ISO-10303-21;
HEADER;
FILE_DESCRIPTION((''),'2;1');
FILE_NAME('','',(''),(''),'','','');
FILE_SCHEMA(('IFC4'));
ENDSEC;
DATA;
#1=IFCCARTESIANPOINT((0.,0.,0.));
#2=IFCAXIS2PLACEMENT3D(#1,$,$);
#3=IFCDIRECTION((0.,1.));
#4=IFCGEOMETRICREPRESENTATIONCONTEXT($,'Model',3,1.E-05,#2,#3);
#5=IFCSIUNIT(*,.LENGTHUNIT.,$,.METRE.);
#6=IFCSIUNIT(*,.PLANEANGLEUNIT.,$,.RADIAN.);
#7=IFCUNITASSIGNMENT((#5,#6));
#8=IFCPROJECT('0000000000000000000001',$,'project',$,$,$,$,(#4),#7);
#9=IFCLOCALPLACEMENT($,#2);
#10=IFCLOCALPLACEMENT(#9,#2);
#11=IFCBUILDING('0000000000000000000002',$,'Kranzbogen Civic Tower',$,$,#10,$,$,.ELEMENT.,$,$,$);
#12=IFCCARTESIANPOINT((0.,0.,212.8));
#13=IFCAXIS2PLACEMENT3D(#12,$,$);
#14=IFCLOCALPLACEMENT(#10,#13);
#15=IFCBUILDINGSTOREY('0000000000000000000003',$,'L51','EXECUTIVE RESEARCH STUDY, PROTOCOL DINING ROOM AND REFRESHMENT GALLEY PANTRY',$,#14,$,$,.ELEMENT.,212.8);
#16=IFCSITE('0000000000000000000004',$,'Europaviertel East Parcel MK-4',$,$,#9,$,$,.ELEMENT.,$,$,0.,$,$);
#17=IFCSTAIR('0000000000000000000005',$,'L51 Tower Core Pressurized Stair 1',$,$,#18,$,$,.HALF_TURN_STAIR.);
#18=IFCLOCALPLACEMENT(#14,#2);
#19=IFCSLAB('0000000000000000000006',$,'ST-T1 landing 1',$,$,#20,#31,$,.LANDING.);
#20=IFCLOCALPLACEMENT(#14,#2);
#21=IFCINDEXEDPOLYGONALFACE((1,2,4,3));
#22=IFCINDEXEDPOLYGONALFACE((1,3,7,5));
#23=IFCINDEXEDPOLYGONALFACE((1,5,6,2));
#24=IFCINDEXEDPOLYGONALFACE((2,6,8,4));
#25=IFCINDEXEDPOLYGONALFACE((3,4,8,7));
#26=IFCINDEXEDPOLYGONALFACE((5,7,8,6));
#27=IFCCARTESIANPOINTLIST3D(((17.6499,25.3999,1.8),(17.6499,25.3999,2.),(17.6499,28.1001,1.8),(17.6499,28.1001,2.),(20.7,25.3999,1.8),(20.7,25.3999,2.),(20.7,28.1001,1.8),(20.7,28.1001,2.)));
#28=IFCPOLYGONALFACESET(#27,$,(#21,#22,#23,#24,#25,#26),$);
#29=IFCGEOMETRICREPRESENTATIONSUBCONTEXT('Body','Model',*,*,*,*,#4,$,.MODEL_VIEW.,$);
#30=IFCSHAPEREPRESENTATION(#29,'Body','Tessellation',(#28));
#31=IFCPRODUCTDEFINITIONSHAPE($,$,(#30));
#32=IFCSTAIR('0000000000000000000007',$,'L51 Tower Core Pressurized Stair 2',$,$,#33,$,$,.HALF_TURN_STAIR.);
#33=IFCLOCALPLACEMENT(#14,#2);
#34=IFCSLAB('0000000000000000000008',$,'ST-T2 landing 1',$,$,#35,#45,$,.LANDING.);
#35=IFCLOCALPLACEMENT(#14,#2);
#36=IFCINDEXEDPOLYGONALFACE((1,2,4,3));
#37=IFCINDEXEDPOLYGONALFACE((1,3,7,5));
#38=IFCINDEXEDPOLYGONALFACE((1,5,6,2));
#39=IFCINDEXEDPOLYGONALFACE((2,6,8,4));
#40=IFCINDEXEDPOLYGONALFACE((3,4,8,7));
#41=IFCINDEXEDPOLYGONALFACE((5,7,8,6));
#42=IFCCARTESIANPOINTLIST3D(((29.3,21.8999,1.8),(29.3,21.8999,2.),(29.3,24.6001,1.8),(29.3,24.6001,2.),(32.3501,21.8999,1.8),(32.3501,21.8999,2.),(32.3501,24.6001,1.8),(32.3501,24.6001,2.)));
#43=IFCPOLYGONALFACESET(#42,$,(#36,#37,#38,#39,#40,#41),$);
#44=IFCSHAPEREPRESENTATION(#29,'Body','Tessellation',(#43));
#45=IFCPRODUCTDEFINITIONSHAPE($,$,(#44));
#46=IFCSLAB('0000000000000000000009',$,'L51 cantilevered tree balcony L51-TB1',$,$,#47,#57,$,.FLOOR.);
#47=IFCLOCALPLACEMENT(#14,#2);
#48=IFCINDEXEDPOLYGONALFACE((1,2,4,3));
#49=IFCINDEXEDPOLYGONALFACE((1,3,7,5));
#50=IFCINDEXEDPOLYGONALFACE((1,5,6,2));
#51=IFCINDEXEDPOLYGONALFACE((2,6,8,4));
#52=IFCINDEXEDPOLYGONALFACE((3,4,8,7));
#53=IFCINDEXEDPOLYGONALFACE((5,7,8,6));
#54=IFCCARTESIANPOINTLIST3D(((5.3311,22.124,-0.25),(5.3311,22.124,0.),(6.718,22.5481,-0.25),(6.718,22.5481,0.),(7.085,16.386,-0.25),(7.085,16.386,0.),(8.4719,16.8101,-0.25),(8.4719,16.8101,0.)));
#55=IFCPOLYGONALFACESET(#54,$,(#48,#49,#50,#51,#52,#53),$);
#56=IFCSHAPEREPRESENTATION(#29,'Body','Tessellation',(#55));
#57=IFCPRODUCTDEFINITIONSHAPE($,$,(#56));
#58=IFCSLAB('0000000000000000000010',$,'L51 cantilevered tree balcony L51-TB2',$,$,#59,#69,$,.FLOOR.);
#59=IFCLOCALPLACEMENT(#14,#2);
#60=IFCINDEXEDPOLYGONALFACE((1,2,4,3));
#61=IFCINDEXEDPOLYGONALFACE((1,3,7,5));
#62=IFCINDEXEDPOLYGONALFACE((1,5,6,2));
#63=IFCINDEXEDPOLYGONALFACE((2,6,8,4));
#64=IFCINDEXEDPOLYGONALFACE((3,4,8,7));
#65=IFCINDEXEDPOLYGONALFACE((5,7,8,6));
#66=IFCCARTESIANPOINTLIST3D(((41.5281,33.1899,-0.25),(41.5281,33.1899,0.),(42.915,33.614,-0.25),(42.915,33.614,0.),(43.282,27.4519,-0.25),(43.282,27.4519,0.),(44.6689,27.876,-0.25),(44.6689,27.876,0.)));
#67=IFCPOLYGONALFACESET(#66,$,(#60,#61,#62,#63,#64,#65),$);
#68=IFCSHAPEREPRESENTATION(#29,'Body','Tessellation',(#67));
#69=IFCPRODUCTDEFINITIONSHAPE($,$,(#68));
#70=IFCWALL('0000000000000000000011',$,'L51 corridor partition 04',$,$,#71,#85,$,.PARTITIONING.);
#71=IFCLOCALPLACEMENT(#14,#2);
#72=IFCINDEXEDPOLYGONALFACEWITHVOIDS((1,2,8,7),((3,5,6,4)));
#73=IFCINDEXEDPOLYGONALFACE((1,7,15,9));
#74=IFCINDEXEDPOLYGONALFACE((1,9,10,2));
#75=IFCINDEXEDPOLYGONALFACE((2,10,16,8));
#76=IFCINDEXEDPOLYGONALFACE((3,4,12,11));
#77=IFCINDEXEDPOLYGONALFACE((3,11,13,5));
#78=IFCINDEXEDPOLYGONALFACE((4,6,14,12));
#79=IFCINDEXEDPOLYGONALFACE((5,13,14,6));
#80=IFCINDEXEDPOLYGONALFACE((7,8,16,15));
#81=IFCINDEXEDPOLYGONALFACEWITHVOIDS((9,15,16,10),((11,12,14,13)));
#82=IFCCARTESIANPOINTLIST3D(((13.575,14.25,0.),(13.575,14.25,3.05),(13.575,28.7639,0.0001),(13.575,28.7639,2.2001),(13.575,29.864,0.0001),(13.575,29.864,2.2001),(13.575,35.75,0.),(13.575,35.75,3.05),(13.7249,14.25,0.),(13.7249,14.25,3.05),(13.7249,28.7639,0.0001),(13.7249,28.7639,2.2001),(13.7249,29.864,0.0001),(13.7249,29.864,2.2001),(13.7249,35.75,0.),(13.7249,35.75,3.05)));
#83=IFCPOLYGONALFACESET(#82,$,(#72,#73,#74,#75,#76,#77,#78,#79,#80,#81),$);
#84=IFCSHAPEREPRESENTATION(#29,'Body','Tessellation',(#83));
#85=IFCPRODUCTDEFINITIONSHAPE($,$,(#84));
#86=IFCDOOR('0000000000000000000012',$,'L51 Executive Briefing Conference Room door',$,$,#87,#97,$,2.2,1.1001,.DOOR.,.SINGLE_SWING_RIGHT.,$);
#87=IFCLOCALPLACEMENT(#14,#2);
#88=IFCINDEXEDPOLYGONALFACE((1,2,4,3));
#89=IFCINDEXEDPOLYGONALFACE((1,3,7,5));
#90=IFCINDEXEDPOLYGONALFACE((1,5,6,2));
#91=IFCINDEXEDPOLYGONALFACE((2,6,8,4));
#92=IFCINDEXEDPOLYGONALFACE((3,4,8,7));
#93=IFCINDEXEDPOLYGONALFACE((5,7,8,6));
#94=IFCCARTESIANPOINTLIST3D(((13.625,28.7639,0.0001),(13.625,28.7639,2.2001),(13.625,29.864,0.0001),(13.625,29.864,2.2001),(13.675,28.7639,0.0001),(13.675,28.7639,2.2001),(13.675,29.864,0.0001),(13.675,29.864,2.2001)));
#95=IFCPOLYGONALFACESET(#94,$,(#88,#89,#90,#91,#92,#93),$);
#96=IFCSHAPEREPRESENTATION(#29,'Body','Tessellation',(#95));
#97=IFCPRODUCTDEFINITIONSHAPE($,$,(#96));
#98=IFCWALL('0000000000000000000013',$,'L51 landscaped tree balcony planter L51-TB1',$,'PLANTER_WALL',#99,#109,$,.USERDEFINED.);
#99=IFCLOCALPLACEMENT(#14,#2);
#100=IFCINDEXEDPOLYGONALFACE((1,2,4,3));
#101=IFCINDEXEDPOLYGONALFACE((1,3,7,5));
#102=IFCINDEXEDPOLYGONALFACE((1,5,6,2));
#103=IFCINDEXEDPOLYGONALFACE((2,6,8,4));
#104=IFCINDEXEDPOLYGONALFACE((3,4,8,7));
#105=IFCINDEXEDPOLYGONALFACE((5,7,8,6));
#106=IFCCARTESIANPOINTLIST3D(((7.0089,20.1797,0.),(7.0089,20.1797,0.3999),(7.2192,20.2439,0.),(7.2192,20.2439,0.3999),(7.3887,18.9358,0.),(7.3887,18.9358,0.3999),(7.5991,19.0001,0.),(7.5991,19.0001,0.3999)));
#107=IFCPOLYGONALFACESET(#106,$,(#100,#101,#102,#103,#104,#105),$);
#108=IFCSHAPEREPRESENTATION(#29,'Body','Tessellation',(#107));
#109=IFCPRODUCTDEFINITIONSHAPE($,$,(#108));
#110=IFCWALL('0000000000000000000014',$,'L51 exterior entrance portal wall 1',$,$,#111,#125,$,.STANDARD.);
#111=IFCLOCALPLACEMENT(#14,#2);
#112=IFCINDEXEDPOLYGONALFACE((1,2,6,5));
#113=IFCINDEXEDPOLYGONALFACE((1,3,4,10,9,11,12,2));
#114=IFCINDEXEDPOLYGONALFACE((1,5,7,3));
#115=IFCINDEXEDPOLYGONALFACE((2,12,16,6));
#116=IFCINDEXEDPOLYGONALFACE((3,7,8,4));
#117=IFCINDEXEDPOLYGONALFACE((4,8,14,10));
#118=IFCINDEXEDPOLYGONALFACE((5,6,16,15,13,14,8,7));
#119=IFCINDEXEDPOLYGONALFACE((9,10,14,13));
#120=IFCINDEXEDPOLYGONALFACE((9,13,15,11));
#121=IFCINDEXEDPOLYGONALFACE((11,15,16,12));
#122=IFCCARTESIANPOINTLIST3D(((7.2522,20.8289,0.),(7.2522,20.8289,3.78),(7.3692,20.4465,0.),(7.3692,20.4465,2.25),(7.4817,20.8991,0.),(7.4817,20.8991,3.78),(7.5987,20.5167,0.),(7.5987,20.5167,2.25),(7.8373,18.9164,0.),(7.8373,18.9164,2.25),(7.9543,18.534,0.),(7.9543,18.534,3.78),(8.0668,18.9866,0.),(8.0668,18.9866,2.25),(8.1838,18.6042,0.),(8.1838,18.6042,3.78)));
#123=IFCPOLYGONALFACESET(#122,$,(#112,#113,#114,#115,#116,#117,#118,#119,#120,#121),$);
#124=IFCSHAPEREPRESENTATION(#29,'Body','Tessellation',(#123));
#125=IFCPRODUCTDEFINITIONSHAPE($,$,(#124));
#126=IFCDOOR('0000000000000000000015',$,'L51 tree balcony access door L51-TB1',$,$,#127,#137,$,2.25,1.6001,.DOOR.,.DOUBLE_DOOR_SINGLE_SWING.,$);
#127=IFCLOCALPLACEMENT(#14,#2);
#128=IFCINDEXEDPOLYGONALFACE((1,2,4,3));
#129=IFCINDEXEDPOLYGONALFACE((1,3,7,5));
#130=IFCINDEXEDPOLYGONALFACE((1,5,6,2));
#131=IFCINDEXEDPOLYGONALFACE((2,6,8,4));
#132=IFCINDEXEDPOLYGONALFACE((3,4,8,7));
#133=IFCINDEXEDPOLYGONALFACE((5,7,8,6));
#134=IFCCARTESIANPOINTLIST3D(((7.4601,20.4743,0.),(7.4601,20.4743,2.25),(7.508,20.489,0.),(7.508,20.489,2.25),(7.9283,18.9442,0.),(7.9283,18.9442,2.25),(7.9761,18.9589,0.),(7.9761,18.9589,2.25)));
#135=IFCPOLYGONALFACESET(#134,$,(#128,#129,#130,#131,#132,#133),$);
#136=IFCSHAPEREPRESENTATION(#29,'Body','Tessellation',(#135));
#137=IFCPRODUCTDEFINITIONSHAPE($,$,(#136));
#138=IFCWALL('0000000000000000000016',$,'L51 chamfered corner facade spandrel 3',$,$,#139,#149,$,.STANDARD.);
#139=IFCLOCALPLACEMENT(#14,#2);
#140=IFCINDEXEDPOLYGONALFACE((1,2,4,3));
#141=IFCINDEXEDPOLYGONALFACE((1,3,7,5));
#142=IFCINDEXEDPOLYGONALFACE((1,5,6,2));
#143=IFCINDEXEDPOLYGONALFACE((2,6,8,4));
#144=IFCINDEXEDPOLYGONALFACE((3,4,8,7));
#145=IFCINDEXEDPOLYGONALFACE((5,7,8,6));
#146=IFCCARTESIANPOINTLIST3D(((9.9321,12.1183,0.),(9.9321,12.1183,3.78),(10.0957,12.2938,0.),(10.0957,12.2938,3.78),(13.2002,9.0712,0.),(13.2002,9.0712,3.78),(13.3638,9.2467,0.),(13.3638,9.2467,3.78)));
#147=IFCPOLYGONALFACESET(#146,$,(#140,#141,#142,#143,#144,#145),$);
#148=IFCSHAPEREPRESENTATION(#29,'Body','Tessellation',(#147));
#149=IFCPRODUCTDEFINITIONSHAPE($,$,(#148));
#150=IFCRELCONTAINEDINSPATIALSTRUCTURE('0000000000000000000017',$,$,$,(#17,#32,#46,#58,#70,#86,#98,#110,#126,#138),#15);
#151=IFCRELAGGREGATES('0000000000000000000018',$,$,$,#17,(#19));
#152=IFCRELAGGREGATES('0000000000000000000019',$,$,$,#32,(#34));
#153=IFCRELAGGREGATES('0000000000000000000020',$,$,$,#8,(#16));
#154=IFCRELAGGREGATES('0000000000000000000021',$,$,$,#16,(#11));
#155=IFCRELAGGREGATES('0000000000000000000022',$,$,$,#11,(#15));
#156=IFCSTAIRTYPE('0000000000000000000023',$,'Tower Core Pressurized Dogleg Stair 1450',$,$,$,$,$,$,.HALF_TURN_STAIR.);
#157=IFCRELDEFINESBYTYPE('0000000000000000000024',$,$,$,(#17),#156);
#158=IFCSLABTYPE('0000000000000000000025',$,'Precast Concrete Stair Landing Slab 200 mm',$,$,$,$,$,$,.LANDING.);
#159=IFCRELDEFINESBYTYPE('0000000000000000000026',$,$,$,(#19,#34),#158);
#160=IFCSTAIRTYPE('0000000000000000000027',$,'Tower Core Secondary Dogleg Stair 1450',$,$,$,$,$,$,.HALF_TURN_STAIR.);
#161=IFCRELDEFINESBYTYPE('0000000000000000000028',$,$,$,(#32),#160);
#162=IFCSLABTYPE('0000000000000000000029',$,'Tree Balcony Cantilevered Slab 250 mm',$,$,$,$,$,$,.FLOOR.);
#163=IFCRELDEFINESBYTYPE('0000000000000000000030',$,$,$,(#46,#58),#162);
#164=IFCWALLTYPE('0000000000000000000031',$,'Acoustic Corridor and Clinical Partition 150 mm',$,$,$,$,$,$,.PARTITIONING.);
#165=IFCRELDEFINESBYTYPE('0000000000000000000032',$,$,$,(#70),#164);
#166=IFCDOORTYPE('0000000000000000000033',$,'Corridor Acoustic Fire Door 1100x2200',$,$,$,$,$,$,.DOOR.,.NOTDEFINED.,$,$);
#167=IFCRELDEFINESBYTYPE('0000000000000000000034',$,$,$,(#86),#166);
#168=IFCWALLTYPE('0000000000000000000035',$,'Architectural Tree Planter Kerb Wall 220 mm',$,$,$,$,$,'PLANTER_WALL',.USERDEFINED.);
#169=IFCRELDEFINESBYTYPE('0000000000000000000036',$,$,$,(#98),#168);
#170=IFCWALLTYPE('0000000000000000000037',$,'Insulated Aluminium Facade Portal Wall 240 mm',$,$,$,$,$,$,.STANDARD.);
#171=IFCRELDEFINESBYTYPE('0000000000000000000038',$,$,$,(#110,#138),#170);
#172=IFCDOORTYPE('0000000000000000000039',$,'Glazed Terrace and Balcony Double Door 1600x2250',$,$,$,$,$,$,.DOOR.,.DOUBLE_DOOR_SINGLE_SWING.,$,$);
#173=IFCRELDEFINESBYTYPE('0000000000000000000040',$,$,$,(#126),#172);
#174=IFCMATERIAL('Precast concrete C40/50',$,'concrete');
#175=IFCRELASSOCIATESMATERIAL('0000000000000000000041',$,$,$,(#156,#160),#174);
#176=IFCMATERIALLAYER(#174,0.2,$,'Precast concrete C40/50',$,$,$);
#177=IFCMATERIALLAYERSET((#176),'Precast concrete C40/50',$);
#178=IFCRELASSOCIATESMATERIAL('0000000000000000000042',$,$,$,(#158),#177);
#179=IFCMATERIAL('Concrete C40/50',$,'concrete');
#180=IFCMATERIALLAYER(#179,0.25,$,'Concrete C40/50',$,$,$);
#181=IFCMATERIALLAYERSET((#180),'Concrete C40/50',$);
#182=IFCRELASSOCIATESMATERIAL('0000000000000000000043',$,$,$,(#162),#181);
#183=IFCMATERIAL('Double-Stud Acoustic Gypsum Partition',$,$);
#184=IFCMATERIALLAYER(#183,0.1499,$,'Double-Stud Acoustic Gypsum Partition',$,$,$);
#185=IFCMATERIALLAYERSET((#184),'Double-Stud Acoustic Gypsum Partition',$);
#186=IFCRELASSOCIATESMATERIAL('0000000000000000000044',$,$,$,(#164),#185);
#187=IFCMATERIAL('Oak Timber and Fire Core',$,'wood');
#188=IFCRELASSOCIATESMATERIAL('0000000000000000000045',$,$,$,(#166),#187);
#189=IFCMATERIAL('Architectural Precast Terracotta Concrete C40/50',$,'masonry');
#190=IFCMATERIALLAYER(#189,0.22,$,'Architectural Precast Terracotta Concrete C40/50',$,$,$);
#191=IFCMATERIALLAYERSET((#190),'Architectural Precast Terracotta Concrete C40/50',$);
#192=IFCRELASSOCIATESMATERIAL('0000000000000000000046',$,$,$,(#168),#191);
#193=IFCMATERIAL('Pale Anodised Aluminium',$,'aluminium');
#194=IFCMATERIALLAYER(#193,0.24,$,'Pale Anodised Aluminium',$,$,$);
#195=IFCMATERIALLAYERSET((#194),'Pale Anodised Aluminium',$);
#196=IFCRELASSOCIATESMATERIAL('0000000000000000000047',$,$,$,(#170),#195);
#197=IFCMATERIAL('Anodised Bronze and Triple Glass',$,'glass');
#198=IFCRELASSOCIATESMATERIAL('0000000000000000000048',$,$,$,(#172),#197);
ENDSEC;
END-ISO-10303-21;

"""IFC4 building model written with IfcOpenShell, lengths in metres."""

from ifc_helpers import new_model, si_unit, direction, frame, frame_2d, origin, place, context, subcontext, project, spatial, polyline, rectangle, outline, extrude, material, layer, layer_set, type_object, element, fill, aggregate, save


model = new_model("IFC4")

# Units and contexts
model_context = context("Model", 3, precision=1e-05, world=origin(), true_north=direction((0.0, 1.0)))
body_context = subcontext(model_context, "Body", "Model", "MODEL_VIEW")
ifc_project = project(units=[si_unit("LENGTHUNIT", "METRE"), si_unit("PLANEANGLEUNIT", "RADIAN")], contexts=[model_context])

# Site, building, storey
site_placement = place(None, origin())
site = spatial("IfcSite", under=ifc_project, at=site_placement, Name="Europaviertel East Parcel MK-4", CompositionType="ELEMENT", RefElevation=0.0)
building_placement = place(site_placement, origin())
building = spatial("IfcBuilding", under=site, at=building_placement, Name="Kranzbogen Civic Tower", CompositionType="ELEMENT")
storey_placement = place(building_placement, frame((0.0, 0.0, 212.8)))
storey = spatial("IfcBuildingStorey", under=building, at=storey_placement, Name="L51", Description="EXECUTIVE RESEARCH STUDY, PROTOCOL DINING ROOM AND REFRESHMENT GALLEY PANTRY", CompositionType="ELEMENT", Elevation=212.8)

# Shared definitions
ifc_material_1 = material(Name="Pale Anodised Aluminium", Category="aluminium")

# Shared definitions
ifc_material_2 = material(Name="Concrete C40/50", Category="concrete")

# Stairs, slabs
ifc_material_3 = material(Name="Precast concrete C40/50", Category="concrete")
stair_type_1 = type_object("IfcStairType", Name="Tower Core Pressurized Dogleg Stair 1450", PredefinedType="HALF_TURN_STAIR", material=ifc_material_3)
stair_1_placement = place(storey_placement, origin())
stair_1 = element("IfcStair", 1, at=stair_1_placement, inside=storey, type_object=stair_type_1, Name="L51 Tower Core Pressurized Stair 1", PredefinedType="HALF_TURN_STAIR")
ifc_layer_1 = layer(ifc_material_3, 0.2, Name="Precast concrete C40/50")
ifc_layer_set_1 = layer_set([ifc_layer_1], Name="Precast concrete C40/50")
slab_type_1 = type_object("IfcSlabType", Name="Precast Concrete Stair Landing Slab 200 mm", PredefinedType="LANDING", material=ifc_layer_set_1)
slab_1_placement = place(storey_placement, frame((0.0, 0.0, 1.8)))
slab_1 = element("IfcSlab", 2, at=slab_1_placement, type_object=slab_type_1, Name="ST-T1 landing 1", PredefinedType="LANDING", context=body_context, shape_type="SweptSolid", body=[
    extrude(outline(polyline([(20.7, 25.3999), (20.7, 28.1001), (17.6499, 28.1001), (17.6499, 25.3999), (20.7, 25.3999)])), origin(), (0.0, 0.0, 1.0), 0.2),
])
aggregate(stair_1, [slab_1])
stair_type_2 = type_object("IfcStairType", Name="Tower Core Secondary Dogleg Stair 1450", PredefinedType="HALF_TURN_STAIR", material=ifc_material_3)
stair_2_placement = place(storey_placement, origin())
stair_2 = element("IfcStair", 3, at=stair_2_placement, inside=storey, type_object=stair_type_2, Name="L51 Tower Core Pressurized Stair 2", PredefinedType="HALF_TURN_STAIR")
slab_2_placement = place(storey_placement, frame((0.0, 0.0, 1.8)))
slab_2 = element("IfcSlab", 4, at=slab_2_placement, type_object=slab_type_1, Name="ST-T2 landing 1", PredefinedType="LANDING", context=body_context, shape_type="SweptSolid", body=[
    extrude(outline(polyline([(29.3, 24.6001), (29.3, 21.8999), (32.3501, 21.8999), (32.3501, 24.6001), (29.3, 24.6001)])), origin(), (0.0, 0.0, 1.0), 0.2),
])
aggregate(stair_2, [slab_2])

# Slabs
ifc_layer_2 = layer(ifc_material_2, 0.25, Name="Concrete C40/50")
ifc_layer_set_2 = layer_set([ifc_layer_2], Name="Concrete C40/50")
slab_type_2 = type_object("IfcSlabType", Name="Tree Balcony Cantilevered Slab 250 mm", PredefinedType="FLOOR", material=ifc_layer_set_2)
slab_3_placement = place(storey_placement, frame((0.0, 0.0, -0.25)))
element("IfcSlab", 5, at=slab_3_placement, inside=storey, type_object=slab_type_2, Name="L51 cantilevered tree balcony L51-TB1", PredefinedType="FLOOR", context=body_context, shape_type="SweptSolid", body=[
    extrude(outline(polyline([(6.718, 22.5481), (8.4719, 16.8101), (7.085, 16.386), (5.3311, 22.124), (6.718, 22.5481)])), origin(), (0.0, 0.0, 1.0), 0.25),
])
slab_4_placement = place(storey_placement, frame((0.0, 0.0, -0.25)))
element("IfcSlab", 6, at=slab_4_placement, inside=storey, type_object=slab_type_2, Name="L51 cantilevered tree balcony L51-TB2", PredefinedType="FLOOR", context=body_context, shape_type="SweptSolid", body=[
    extrude(outline(polyline([(43.282, 27.4519), (41.5281, 33.1899), (42.915, 33.614), (44.6689, 27.876), (43.282, 27.4519)])), origin(), (0.0, 0.0, 1.0), 0.25),
])

# Wall, opening, door
ifc_material_4 = material(Name="Double-Stud Acoustic Gypsum Partition")
ifc_layer_3 = layer(ifc_material_4, 0.1499, Name="Double-Stud Acoustic Gypsum Partition")
ifc_layer_set_3 = layer_set([ifc_layer_3], Name="Double-Stud Acoustic Gypsum Partition")
wall_type_1 = type_object("IfcWallType", Name="Acoustic Corridor and Clinical Partition 150 mm", PredefinedType="PARTITIONING", material=ifc_layer_set_3)
wall_1_placement = place(storey_placement, frame((13.6499, 14.25, 0.0), z_axis=(0.0, 0.0, 1.0), x_axis=(0.0, 1.0, 0.0)))
wall_1 = element("IfcWall", 7, at=wall_1_placement, inside=storey, type_object=wall_type_1, Name="L51 corridor partition 04", PredefinedType="PARTITIONING", context=body_context, shape_type="SweptSolid", body=[
    extrude(rectangle(XDim=21.5, YDim=0.1499, at=frame_2d((10.75, 0.0))), origin(), (0.0, 0.0, 1.0), 3.05),
])
opening_1_placement = place(wall_1_placement, frame((14.5139, 0.0, 0.0)))
opening_1 = element("IfcOpeningElement", 8, at=opening_1_placement, cuts=wall_1, PredefinedType="OPENING", context=body_context, shape_type="SweptSolid", body=[
    extrude(rectangle(XDim=1.1001, YDim=2.2, at=frame_2d((0.55, 1.1001))), frame((0.0, 0.085, 0.0), z_axis=(0.0, -1.0, 0.0), x_axis=(1.0, 0.0, 0.0)), (0.0, 0.0, 1.0), 0.1699),
])
ifc_material_5 = material(Name="Oak Timber and Fire Core", Category="wood")
door_type_1 = type_object("IfcDoorType", Name="Corridor Acoustic Fire Door 1100x2200", OperationType="NOTDEFINED", PredefinedType="DOOR", material=ifc_material_5)
door_1_placement = place(opening_1_placement, origin())
door_1 = element("IfcDoor", 9, at=door_1_placement, inside=storey, type_object=door_type_1, Name="L51 Executive Briefing Conference Room door", OperationType="SINGLE_SWING_RIGHT", OverallHeight=2.2, OverallWidth=1.1001, PredefinedType="DOOR", context=body_context, shape_type="SweptSolid", body=[
    extrude(rectangle(XDim=1.1001, YDim=2.2, at=frame_2d((0.55, 1.1001))), frame((0.0, 0.0249, 0.0), z_axis=(0.0, -1.0, 0.0), x_axis=(1.0, 0.0, 0.0)), (0.0, 0.0, 1.0), 0.05),
])
fill(opening_1, door_1)

# Wall
ifc_material_6 = material(Name="Architectural Precast Terracotta Concrete C40/50", Category="masonry")
ifc_layer_4 = layer(ifc_material_6, 0.22, Name="Architectural Precast Terracotta Concrete C40/50")
ifc_layer_set_4 = layer_set([ifc_layer_4], Name="Architectural Precast Terracotta Concrete C40/50")
wall_type_2 = type_object("IfcWallType", Name="Architectural Tree Planter Kerb Wall 220 mm", ElementType="PLANTER_WALL", PredefinedType="USERDEFINED", material=ifc_layer_set_4)
wall_2_placement = place(storey_placement, frame((7.114, 20.2119, 0.0), z_axis=(0.0, 0.0, 1.0), x_axis=(0.29208, -0.956394, 0.0)))
element("IfcWall", 10, at=wall_2_placement, inside=storey, type_object=wall_type_2, Name="L51 landscaped tree balcony planter L51-TB1", ObjectType="PLANTER_WALL", PredefinedType="USERDEFINED", context=body_context, shape_type="SweptSolid", body=[
    extrude(rectangle(XDim=1.3005, YDim=0.22, at=frame_2d((0.6504, 0.0))), origin(), (0.0, 0.0, 1.0), 0.3999),
])

# Wall, opening, door
ifc_layer_5 = layer(ifc_material_1, 0.24, Name="Pale Anodised Aluminium")
ifc_layer_set_5 = layer_set([ifc_layer_5], Name="Pale Anodised Aluminium")
wall_type_3 = type_object("IfcWallType", Name="Insulated Aluminium Facade Portal Wall 240 mm", PredefinedType="STANDARD", material=ifc_layer_set_5)
wall_3_placement = place(storey_placement, frame((7.3669, 20.864, 0.0), z_axis=(0.0, 0.0, 1.0), x_axis=(0.29257, -0.956244, 0.0)))
wall_3 = element("IfcWall", 11, at=wall_3_placement, inside=storey, type_object=wall_type_3, Name="L51 exterior entrance portal wall 1", PredefinedType="STANDARD", context=body_context, shape_type="SweptSolid", body=[
    extrude(rectangle(XDim=2.3999, YDim=0.24, at=frame_2d((1.2, 0.0))), origin(), (0.0, 0.0, 1.0), 3.78),
])
opening_2_placement = place(wall_3_placement, frame((0.3999, 0.0, 0.0)))
opening_2 = element("IfcOpeningElement", 12, at=opening_2_placement, cuts=wall_3, PredefinedType="OPENING", context=body_context, shape_type="SweptSolid", body=[
    extrude(rectangle(XDim=1.6001, YDim=2.25, at=frame_2d((0.8, 1.125))), frame((0.0, 0.1299, 0.0), z_axis=(0.0, -1.0, 0.0), x_axis=(1.0, 0.0, 0.0)), (0.0, 0.0, 1.0), 0.26),
])
ifc_material_7 = material(Name="Anodised Bronze and Triple Glass", Category="glass")
door_type_2 = type_object("IfcDoorType", Name="Glazed Terrace and Balcony Double Door 1600x2250", OperationType="DOUBLE_DOOR_SINGLE_SWING", PredefinedType="DOOR", material=ifc_material_7)
door_2_placement = place(opening_2_placement, frame((1.6001, 0.0, 0.0), z_axis=(0.0, 0.0, 1.0), x_axis=(-1.0, 0.0, 0.0)))
door_2 = element("IfcDoor", 13, at=door_2_placement, inside=storey, type_object=door_type_2, Name="L51 tree balcony access door L51-TB1", OperationType="DOUBLE_DOOR_SINGLE_SWING", OverallHeight=2.25, OverallWidth=1.6001, PredefinedType="DOOR", context=body_context, shape_type="SweptSolid", body=[
    extrude(rectangle(XDim=1.6001, YDim=2.25, at=frame_2d((0.8, 1.125))), frame((0.0, 0.0249, 0.0), z_axis=(0.0, -1.0, 0.0), x_axis=(1.0, 0.0, 0.0)), (0.0, 0.0, 1.0), 0.05),
])
fill(opening_2, door_2)

# Wall
wall_4_placement = place(storey_placement, frame((10.0139, 12.2061, 0.0), z_axis=(0.0, 0.0, 1.0), x_axis=(0.731399, -0.68195, 0.0)))
element("IfcWall", 14, at=wall_4_placement, inside=storey, type_object=wall_type_3, Name="L51 chamfered corner facade spandrel 3", PredefinedType="STANDARD", context=body_context, shape_type="SweptSolid", body=[
    extrude(rectangle(XDim=4.4683, YDim=0.24, at=frame_2d((2.2341, 0.0))), origin(), (0.0, 0.0, 1.0), 3.78),
])

save(model, "model.ifc")
